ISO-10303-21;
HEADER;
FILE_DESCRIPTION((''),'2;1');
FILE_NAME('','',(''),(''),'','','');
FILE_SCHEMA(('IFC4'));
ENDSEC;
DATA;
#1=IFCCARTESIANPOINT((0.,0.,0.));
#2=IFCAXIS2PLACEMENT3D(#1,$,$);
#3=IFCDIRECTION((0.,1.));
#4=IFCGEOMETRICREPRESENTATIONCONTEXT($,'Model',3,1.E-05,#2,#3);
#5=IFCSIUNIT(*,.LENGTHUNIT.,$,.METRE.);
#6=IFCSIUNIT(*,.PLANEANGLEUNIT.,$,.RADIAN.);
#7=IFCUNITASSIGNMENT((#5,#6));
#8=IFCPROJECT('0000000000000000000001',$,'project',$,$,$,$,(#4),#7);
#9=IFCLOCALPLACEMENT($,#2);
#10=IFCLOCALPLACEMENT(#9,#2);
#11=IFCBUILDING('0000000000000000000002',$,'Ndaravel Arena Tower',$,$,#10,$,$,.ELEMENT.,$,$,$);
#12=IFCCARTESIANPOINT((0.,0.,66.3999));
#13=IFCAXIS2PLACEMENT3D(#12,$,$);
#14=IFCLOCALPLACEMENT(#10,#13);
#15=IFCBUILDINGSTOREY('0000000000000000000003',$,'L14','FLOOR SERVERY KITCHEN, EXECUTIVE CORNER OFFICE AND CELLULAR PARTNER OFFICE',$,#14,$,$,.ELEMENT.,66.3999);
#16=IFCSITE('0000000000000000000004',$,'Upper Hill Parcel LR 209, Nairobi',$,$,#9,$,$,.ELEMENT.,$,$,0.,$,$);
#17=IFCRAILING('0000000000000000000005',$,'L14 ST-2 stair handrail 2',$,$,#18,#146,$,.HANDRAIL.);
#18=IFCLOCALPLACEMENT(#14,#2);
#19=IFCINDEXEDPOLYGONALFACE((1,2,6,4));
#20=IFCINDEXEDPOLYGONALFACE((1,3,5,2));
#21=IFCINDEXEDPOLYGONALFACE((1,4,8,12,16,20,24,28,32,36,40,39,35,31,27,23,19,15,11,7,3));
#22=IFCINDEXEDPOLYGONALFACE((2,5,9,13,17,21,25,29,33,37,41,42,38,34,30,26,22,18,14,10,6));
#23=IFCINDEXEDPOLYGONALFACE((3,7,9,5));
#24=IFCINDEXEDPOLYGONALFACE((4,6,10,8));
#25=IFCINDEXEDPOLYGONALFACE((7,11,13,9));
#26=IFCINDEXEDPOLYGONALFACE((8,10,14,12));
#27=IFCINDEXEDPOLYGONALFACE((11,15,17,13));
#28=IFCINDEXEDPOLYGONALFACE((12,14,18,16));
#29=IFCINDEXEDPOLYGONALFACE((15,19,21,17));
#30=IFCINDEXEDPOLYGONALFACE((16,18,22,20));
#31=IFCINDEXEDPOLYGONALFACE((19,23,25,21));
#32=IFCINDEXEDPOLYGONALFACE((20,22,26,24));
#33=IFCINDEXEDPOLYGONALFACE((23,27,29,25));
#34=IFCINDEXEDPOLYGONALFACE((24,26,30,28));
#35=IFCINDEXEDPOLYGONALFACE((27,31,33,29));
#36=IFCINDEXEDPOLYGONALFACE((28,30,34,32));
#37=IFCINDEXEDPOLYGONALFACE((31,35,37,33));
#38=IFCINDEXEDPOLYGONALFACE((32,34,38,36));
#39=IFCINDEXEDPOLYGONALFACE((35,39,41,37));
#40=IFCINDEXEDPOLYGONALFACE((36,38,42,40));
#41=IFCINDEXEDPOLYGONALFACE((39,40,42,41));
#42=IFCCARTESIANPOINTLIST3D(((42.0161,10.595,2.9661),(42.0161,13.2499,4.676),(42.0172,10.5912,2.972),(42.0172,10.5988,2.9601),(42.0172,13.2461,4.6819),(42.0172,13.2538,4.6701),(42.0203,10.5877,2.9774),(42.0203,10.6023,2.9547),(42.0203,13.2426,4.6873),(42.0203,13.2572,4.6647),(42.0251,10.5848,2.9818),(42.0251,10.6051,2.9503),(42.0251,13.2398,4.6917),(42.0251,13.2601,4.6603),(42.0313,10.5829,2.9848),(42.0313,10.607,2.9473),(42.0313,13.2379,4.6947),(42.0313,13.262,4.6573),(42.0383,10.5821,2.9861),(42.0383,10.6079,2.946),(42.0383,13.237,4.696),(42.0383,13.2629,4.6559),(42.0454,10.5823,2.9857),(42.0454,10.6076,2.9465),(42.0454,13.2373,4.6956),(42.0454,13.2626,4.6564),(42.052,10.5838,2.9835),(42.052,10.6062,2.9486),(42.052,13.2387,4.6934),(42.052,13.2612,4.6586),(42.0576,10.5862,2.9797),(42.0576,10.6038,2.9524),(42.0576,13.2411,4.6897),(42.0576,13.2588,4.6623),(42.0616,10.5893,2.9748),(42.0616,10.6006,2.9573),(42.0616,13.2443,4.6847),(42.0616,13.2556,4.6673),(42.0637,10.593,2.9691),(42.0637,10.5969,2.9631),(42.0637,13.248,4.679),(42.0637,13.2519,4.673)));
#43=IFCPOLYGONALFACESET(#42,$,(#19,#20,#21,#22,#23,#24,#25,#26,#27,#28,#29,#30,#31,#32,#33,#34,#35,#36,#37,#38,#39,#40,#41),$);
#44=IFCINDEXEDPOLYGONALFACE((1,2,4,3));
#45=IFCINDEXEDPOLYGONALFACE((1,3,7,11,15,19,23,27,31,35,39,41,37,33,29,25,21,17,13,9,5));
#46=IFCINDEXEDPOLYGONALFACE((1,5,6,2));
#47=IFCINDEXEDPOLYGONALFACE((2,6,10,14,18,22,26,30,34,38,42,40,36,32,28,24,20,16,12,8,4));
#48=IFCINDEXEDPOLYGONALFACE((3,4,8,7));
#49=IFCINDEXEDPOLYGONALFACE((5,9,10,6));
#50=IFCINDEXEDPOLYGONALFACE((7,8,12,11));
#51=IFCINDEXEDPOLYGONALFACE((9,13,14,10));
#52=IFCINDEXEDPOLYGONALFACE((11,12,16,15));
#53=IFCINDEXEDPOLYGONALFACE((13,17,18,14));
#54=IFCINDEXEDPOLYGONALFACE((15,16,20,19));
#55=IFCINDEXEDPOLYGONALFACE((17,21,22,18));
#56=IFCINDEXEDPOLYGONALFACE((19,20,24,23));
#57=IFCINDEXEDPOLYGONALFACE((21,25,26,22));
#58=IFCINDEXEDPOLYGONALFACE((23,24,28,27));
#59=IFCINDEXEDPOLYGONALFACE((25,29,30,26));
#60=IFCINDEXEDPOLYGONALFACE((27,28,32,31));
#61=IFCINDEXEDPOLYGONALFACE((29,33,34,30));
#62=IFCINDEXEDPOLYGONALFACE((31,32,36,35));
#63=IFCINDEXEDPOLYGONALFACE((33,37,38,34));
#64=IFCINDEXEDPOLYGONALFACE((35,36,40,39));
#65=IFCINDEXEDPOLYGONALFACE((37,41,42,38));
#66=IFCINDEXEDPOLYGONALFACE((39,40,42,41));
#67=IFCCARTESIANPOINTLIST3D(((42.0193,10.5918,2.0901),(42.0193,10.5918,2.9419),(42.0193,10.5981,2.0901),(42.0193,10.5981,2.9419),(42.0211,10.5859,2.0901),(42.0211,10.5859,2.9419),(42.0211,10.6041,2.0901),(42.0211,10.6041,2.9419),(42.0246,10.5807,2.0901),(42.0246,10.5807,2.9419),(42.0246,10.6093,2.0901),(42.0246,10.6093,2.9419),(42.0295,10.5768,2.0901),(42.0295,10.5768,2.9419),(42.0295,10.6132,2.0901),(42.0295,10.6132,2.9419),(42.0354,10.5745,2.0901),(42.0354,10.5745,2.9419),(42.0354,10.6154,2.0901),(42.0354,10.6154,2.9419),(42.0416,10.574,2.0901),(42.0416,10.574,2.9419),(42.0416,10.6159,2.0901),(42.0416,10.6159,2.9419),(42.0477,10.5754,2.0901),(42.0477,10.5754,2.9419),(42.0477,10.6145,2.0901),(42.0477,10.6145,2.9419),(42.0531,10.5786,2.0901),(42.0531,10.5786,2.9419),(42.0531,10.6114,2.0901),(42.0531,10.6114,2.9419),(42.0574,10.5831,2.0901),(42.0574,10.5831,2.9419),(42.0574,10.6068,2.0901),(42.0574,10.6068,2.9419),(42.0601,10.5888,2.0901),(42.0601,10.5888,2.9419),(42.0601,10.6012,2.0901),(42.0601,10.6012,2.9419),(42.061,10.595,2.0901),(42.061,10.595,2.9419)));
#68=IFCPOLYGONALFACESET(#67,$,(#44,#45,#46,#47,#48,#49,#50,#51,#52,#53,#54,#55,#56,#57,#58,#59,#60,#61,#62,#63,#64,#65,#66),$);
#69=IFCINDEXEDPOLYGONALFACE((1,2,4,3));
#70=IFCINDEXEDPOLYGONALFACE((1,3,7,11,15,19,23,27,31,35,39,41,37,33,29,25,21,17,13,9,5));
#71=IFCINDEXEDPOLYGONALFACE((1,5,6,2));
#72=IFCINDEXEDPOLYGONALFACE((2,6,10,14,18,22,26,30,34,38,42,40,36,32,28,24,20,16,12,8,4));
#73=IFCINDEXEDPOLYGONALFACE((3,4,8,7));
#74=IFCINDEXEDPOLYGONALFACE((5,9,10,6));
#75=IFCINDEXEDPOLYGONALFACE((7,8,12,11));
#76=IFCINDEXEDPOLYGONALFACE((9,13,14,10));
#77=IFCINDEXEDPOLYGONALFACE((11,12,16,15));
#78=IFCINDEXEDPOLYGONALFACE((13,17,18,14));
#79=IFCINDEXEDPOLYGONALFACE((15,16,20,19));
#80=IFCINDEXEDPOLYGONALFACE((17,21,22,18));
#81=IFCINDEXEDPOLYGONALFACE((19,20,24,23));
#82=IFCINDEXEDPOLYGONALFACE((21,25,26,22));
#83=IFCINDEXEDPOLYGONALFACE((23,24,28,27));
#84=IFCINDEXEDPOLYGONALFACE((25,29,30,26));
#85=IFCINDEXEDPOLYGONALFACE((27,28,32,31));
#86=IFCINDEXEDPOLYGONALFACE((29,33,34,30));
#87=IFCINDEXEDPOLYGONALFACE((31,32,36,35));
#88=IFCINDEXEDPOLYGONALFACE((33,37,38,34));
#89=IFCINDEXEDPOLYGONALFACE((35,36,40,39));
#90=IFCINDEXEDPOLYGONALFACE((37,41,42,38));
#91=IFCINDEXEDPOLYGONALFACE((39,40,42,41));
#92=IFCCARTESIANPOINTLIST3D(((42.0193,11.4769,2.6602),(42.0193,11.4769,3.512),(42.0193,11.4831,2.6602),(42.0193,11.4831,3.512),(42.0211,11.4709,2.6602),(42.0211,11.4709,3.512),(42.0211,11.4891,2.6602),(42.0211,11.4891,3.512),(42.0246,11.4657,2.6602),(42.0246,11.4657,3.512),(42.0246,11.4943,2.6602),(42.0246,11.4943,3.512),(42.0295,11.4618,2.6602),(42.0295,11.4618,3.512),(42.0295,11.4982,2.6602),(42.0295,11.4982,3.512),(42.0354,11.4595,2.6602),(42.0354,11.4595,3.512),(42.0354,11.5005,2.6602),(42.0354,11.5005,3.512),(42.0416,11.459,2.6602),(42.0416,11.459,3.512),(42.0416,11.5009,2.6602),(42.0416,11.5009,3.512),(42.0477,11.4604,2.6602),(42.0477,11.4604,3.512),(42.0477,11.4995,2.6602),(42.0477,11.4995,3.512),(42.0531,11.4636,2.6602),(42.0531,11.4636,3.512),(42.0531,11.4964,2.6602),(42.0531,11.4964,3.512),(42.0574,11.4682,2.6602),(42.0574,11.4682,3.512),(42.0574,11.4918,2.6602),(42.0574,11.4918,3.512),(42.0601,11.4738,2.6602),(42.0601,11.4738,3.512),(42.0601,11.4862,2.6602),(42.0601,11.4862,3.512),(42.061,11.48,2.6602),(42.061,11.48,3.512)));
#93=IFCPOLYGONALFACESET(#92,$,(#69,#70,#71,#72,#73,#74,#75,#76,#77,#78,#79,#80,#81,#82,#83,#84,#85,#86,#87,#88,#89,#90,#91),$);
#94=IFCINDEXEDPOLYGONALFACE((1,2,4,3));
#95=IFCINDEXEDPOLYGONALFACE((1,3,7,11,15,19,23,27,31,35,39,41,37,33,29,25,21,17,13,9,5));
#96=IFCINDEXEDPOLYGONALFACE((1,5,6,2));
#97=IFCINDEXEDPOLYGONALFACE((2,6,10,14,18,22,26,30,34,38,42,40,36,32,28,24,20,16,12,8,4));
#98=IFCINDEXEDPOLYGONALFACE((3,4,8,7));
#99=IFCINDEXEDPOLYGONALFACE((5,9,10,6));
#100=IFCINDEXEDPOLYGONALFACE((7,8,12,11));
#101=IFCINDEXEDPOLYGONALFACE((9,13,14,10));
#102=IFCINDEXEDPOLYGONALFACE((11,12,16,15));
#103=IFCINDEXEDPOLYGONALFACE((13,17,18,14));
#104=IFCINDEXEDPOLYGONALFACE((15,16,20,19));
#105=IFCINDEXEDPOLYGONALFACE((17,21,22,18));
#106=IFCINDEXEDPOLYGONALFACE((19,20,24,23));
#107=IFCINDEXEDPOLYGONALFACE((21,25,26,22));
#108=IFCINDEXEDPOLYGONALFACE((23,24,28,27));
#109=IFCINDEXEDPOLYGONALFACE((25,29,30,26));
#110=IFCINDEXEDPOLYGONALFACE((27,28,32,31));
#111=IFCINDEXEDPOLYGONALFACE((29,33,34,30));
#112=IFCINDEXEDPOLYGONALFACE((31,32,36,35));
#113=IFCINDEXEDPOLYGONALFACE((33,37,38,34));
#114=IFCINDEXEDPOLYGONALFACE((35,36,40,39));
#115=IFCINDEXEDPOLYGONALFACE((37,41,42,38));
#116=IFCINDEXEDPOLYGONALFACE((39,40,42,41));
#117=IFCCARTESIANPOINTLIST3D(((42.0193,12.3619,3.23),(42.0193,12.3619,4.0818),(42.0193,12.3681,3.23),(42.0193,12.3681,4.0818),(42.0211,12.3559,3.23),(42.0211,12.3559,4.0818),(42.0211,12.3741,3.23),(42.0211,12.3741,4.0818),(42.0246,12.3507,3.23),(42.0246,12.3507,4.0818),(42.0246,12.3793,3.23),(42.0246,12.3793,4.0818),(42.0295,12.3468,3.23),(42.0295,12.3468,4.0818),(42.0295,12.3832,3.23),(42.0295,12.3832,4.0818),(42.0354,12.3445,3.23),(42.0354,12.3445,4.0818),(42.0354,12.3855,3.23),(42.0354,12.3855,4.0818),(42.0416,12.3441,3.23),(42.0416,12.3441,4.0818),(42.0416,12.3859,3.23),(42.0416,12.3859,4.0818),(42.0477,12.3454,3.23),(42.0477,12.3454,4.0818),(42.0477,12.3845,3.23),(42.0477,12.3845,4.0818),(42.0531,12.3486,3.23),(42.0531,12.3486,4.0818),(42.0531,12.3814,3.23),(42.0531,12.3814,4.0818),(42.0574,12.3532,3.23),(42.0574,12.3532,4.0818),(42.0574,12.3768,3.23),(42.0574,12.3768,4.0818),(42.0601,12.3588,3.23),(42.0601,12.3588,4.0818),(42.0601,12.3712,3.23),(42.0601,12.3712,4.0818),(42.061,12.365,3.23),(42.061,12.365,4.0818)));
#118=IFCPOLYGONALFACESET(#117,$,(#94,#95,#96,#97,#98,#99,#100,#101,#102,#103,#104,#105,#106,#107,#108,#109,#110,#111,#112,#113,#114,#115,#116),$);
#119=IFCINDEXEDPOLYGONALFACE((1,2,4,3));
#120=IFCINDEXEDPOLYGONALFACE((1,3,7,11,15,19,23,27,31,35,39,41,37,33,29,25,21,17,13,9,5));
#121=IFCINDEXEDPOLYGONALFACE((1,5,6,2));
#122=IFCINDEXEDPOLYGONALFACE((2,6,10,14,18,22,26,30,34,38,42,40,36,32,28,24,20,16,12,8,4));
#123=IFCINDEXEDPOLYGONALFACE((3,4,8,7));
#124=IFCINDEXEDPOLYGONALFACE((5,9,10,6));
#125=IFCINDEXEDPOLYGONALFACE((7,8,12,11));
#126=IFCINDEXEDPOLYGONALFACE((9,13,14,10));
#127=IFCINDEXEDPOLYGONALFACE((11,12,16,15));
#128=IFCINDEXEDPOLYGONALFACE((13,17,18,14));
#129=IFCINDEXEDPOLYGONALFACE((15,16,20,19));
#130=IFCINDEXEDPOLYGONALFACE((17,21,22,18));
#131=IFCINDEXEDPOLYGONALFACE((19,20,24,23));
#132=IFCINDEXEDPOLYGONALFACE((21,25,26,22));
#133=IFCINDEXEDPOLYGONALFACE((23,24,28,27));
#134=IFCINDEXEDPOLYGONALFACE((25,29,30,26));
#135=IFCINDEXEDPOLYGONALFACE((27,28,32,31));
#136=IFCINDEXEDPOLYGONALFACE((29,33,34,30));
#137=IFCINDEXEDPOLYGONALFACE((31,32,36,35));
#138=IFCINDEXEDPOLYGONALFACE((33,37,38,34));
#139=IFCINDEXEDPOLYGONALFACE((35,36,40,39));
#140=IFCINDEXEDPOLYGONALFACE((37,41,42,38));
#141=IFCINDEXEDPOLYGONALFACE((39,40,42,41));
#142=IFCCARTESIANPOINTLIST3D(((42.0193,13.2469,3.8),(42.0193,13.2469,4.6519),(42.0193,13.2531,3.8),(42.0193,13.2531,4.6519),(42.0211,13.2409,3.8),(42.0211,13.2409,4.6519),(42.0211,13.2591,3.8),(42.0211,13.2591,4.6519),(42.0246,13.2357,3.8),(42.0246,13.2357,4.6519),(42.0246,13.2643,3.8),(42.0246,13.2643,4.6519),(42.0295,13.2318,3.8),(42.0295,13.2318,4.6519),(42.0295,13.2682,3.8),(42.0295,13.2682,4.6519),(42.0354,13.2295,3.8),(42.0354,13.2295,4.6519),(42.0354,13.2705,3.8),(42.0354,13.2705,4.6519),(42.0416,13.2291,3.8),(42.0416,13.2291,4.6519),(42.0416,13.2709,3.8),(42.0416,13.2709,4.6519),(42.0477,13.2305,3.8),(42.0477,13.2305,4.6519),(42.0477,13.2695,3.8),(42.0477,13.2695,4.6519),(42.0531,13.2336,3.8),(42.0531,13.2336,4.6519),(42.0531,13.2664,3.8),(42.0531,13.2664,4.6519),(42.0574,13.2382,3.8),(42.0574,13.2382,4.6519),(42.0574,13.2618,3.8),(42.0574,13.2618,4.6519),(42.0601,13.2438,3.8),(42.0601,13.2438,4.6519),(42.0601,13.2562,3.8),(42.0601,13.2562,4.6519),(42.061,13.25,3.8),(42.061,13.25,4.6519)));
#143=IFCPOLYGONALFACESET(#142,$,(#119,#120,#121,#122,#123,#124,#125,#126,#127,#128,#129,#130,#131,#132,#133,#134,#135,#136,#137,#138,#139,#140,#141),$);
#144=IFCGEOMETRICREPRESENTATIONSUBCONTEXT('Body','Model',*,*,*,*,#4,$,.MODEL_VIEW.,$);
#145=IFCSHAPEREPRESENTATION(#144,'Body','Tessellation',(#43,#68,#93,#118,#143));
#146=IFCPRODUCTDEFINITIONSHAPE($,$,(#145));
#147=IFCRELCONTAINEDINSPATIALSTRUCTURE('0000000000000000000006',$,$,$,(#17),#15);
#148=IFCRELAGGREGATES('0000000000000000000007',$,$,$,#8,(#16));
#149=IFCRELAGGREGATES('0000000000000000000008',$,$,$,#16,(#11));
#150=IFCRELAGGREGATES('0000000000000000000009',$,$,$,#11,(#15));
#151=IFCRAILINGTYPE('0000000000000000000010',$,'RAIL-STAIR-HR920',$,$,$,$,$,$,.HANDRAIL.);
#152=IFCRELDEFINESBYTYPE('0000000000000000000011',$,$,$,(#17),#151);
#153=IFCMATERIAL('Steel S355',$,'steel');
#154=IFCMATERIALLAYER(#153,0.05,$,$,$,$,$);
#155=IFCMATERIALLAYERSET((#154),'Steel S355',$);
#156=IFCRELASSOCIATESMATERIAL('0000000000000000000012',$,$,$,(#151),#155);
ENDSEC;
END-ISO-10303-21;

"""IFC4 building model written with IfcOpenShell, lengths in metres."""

from ifc_helpers import new_model, si_unit, direction, frame, origin, origin_2d, place, context, subcontext, project, spatial, circle, extrude, material, layer, layer_set, type_object, element, save


model = new_model("IFC4")

# Units and contexts
model_context = context("Model", 3, precision=1e-05, world=origin(), true_north=direction((0.0, 1.0)))
body_context = subcontext(model_context, "Body", "Model", "MODEL_VIEW")
ifc_project = project(units=[si_unit("LENGTHUNIT", "METRE"), si_unit("PLANEANGLEUNIT", "RADIAN")], contexts=[model_context])

# Site, building, storey
site_placement = place(None, origin())
site = spatial("IfcSite", under=ifc_project, at=site_placement, Name="Upper Hill Parcel LR 209, Nairobi", CompositionType="ELEMENT", RefElevation=0.0)
building_placement = place(site_placement, origin())
building = spatial("IfcBuilding", under=site, at=building_placement, Name="Ndaravel Arena Tower", CompositionType="ELEMENT")
storey_placement = place(building_placement, frame((0.0, 0.0, 66.3999)))
storey = spatial("IfcBuildingStorey", under=building, at=storey_placement, Name="L14", Description="FLOOR SERVERY KITCHEN, EXECUTIVE CORNER OFFICE AND CELLULAR PARTNER OFFICE", CompositionType="ELEMENT", Elevation=66.3999)

# Railing
ifc_material_1 = material(Name="Steel S355", Category="steel")
ifc_layer_1 = layer(ifc_material_1, 0.05)
ifc_layer_set_1 = layer_set([ifc_layer_1], Name="Steel S355")
railing_type_1 = type_object("IfcRailingType", Name="RAIL-STAIR-HR920", PredefinedType="HANDRAIL", material=ifc_layer_set_1)
railing_1_placement = place(storey_placement, frame((42.04, 10.595, 2.0901)))
element("IfcRailing", 1, at=railing_1_placement, inside=storey, type_object=railing_type_1, Name="L14 ST-2 stair handrail 2", PredefinedType="HANDRAIL", context=body_context, shape_type="SweptSolid", body=[
    extrude(circle(Radius=0.0239, at=origin_2d()), frame((0.0, 0.0, 0.876), z_axis=(0.0, 0.840724, 0.541465), x_axis=(-1.0, 0.0, 0.0)), (0.0, 0.0, 1.0), 3.158),
    extrude(circle(Radius=0.021, at=origin_2d()), origin(), (0.0, 0.0, 1.0), 0.8518),
    extrude(circle(Radius=0.021, at=origin_2d()), frame((0.0, 0.885, 0.5701)), (0.0, 0.0, 1.0), 0.8518),
    extrude(circle(Radius=0.021, at=origin_2d()), frame((0.0, 1.77, 1.1399)), (0.0, 0.0, 1.0), 0.8518),
    extrude(circle(Radius=0.021, at=origin_2d()), frame((0.0, 2.655, 1.71)), (0.0, 0.0, 1.0), 0.8518),
])

save(model, "model.ifc")
